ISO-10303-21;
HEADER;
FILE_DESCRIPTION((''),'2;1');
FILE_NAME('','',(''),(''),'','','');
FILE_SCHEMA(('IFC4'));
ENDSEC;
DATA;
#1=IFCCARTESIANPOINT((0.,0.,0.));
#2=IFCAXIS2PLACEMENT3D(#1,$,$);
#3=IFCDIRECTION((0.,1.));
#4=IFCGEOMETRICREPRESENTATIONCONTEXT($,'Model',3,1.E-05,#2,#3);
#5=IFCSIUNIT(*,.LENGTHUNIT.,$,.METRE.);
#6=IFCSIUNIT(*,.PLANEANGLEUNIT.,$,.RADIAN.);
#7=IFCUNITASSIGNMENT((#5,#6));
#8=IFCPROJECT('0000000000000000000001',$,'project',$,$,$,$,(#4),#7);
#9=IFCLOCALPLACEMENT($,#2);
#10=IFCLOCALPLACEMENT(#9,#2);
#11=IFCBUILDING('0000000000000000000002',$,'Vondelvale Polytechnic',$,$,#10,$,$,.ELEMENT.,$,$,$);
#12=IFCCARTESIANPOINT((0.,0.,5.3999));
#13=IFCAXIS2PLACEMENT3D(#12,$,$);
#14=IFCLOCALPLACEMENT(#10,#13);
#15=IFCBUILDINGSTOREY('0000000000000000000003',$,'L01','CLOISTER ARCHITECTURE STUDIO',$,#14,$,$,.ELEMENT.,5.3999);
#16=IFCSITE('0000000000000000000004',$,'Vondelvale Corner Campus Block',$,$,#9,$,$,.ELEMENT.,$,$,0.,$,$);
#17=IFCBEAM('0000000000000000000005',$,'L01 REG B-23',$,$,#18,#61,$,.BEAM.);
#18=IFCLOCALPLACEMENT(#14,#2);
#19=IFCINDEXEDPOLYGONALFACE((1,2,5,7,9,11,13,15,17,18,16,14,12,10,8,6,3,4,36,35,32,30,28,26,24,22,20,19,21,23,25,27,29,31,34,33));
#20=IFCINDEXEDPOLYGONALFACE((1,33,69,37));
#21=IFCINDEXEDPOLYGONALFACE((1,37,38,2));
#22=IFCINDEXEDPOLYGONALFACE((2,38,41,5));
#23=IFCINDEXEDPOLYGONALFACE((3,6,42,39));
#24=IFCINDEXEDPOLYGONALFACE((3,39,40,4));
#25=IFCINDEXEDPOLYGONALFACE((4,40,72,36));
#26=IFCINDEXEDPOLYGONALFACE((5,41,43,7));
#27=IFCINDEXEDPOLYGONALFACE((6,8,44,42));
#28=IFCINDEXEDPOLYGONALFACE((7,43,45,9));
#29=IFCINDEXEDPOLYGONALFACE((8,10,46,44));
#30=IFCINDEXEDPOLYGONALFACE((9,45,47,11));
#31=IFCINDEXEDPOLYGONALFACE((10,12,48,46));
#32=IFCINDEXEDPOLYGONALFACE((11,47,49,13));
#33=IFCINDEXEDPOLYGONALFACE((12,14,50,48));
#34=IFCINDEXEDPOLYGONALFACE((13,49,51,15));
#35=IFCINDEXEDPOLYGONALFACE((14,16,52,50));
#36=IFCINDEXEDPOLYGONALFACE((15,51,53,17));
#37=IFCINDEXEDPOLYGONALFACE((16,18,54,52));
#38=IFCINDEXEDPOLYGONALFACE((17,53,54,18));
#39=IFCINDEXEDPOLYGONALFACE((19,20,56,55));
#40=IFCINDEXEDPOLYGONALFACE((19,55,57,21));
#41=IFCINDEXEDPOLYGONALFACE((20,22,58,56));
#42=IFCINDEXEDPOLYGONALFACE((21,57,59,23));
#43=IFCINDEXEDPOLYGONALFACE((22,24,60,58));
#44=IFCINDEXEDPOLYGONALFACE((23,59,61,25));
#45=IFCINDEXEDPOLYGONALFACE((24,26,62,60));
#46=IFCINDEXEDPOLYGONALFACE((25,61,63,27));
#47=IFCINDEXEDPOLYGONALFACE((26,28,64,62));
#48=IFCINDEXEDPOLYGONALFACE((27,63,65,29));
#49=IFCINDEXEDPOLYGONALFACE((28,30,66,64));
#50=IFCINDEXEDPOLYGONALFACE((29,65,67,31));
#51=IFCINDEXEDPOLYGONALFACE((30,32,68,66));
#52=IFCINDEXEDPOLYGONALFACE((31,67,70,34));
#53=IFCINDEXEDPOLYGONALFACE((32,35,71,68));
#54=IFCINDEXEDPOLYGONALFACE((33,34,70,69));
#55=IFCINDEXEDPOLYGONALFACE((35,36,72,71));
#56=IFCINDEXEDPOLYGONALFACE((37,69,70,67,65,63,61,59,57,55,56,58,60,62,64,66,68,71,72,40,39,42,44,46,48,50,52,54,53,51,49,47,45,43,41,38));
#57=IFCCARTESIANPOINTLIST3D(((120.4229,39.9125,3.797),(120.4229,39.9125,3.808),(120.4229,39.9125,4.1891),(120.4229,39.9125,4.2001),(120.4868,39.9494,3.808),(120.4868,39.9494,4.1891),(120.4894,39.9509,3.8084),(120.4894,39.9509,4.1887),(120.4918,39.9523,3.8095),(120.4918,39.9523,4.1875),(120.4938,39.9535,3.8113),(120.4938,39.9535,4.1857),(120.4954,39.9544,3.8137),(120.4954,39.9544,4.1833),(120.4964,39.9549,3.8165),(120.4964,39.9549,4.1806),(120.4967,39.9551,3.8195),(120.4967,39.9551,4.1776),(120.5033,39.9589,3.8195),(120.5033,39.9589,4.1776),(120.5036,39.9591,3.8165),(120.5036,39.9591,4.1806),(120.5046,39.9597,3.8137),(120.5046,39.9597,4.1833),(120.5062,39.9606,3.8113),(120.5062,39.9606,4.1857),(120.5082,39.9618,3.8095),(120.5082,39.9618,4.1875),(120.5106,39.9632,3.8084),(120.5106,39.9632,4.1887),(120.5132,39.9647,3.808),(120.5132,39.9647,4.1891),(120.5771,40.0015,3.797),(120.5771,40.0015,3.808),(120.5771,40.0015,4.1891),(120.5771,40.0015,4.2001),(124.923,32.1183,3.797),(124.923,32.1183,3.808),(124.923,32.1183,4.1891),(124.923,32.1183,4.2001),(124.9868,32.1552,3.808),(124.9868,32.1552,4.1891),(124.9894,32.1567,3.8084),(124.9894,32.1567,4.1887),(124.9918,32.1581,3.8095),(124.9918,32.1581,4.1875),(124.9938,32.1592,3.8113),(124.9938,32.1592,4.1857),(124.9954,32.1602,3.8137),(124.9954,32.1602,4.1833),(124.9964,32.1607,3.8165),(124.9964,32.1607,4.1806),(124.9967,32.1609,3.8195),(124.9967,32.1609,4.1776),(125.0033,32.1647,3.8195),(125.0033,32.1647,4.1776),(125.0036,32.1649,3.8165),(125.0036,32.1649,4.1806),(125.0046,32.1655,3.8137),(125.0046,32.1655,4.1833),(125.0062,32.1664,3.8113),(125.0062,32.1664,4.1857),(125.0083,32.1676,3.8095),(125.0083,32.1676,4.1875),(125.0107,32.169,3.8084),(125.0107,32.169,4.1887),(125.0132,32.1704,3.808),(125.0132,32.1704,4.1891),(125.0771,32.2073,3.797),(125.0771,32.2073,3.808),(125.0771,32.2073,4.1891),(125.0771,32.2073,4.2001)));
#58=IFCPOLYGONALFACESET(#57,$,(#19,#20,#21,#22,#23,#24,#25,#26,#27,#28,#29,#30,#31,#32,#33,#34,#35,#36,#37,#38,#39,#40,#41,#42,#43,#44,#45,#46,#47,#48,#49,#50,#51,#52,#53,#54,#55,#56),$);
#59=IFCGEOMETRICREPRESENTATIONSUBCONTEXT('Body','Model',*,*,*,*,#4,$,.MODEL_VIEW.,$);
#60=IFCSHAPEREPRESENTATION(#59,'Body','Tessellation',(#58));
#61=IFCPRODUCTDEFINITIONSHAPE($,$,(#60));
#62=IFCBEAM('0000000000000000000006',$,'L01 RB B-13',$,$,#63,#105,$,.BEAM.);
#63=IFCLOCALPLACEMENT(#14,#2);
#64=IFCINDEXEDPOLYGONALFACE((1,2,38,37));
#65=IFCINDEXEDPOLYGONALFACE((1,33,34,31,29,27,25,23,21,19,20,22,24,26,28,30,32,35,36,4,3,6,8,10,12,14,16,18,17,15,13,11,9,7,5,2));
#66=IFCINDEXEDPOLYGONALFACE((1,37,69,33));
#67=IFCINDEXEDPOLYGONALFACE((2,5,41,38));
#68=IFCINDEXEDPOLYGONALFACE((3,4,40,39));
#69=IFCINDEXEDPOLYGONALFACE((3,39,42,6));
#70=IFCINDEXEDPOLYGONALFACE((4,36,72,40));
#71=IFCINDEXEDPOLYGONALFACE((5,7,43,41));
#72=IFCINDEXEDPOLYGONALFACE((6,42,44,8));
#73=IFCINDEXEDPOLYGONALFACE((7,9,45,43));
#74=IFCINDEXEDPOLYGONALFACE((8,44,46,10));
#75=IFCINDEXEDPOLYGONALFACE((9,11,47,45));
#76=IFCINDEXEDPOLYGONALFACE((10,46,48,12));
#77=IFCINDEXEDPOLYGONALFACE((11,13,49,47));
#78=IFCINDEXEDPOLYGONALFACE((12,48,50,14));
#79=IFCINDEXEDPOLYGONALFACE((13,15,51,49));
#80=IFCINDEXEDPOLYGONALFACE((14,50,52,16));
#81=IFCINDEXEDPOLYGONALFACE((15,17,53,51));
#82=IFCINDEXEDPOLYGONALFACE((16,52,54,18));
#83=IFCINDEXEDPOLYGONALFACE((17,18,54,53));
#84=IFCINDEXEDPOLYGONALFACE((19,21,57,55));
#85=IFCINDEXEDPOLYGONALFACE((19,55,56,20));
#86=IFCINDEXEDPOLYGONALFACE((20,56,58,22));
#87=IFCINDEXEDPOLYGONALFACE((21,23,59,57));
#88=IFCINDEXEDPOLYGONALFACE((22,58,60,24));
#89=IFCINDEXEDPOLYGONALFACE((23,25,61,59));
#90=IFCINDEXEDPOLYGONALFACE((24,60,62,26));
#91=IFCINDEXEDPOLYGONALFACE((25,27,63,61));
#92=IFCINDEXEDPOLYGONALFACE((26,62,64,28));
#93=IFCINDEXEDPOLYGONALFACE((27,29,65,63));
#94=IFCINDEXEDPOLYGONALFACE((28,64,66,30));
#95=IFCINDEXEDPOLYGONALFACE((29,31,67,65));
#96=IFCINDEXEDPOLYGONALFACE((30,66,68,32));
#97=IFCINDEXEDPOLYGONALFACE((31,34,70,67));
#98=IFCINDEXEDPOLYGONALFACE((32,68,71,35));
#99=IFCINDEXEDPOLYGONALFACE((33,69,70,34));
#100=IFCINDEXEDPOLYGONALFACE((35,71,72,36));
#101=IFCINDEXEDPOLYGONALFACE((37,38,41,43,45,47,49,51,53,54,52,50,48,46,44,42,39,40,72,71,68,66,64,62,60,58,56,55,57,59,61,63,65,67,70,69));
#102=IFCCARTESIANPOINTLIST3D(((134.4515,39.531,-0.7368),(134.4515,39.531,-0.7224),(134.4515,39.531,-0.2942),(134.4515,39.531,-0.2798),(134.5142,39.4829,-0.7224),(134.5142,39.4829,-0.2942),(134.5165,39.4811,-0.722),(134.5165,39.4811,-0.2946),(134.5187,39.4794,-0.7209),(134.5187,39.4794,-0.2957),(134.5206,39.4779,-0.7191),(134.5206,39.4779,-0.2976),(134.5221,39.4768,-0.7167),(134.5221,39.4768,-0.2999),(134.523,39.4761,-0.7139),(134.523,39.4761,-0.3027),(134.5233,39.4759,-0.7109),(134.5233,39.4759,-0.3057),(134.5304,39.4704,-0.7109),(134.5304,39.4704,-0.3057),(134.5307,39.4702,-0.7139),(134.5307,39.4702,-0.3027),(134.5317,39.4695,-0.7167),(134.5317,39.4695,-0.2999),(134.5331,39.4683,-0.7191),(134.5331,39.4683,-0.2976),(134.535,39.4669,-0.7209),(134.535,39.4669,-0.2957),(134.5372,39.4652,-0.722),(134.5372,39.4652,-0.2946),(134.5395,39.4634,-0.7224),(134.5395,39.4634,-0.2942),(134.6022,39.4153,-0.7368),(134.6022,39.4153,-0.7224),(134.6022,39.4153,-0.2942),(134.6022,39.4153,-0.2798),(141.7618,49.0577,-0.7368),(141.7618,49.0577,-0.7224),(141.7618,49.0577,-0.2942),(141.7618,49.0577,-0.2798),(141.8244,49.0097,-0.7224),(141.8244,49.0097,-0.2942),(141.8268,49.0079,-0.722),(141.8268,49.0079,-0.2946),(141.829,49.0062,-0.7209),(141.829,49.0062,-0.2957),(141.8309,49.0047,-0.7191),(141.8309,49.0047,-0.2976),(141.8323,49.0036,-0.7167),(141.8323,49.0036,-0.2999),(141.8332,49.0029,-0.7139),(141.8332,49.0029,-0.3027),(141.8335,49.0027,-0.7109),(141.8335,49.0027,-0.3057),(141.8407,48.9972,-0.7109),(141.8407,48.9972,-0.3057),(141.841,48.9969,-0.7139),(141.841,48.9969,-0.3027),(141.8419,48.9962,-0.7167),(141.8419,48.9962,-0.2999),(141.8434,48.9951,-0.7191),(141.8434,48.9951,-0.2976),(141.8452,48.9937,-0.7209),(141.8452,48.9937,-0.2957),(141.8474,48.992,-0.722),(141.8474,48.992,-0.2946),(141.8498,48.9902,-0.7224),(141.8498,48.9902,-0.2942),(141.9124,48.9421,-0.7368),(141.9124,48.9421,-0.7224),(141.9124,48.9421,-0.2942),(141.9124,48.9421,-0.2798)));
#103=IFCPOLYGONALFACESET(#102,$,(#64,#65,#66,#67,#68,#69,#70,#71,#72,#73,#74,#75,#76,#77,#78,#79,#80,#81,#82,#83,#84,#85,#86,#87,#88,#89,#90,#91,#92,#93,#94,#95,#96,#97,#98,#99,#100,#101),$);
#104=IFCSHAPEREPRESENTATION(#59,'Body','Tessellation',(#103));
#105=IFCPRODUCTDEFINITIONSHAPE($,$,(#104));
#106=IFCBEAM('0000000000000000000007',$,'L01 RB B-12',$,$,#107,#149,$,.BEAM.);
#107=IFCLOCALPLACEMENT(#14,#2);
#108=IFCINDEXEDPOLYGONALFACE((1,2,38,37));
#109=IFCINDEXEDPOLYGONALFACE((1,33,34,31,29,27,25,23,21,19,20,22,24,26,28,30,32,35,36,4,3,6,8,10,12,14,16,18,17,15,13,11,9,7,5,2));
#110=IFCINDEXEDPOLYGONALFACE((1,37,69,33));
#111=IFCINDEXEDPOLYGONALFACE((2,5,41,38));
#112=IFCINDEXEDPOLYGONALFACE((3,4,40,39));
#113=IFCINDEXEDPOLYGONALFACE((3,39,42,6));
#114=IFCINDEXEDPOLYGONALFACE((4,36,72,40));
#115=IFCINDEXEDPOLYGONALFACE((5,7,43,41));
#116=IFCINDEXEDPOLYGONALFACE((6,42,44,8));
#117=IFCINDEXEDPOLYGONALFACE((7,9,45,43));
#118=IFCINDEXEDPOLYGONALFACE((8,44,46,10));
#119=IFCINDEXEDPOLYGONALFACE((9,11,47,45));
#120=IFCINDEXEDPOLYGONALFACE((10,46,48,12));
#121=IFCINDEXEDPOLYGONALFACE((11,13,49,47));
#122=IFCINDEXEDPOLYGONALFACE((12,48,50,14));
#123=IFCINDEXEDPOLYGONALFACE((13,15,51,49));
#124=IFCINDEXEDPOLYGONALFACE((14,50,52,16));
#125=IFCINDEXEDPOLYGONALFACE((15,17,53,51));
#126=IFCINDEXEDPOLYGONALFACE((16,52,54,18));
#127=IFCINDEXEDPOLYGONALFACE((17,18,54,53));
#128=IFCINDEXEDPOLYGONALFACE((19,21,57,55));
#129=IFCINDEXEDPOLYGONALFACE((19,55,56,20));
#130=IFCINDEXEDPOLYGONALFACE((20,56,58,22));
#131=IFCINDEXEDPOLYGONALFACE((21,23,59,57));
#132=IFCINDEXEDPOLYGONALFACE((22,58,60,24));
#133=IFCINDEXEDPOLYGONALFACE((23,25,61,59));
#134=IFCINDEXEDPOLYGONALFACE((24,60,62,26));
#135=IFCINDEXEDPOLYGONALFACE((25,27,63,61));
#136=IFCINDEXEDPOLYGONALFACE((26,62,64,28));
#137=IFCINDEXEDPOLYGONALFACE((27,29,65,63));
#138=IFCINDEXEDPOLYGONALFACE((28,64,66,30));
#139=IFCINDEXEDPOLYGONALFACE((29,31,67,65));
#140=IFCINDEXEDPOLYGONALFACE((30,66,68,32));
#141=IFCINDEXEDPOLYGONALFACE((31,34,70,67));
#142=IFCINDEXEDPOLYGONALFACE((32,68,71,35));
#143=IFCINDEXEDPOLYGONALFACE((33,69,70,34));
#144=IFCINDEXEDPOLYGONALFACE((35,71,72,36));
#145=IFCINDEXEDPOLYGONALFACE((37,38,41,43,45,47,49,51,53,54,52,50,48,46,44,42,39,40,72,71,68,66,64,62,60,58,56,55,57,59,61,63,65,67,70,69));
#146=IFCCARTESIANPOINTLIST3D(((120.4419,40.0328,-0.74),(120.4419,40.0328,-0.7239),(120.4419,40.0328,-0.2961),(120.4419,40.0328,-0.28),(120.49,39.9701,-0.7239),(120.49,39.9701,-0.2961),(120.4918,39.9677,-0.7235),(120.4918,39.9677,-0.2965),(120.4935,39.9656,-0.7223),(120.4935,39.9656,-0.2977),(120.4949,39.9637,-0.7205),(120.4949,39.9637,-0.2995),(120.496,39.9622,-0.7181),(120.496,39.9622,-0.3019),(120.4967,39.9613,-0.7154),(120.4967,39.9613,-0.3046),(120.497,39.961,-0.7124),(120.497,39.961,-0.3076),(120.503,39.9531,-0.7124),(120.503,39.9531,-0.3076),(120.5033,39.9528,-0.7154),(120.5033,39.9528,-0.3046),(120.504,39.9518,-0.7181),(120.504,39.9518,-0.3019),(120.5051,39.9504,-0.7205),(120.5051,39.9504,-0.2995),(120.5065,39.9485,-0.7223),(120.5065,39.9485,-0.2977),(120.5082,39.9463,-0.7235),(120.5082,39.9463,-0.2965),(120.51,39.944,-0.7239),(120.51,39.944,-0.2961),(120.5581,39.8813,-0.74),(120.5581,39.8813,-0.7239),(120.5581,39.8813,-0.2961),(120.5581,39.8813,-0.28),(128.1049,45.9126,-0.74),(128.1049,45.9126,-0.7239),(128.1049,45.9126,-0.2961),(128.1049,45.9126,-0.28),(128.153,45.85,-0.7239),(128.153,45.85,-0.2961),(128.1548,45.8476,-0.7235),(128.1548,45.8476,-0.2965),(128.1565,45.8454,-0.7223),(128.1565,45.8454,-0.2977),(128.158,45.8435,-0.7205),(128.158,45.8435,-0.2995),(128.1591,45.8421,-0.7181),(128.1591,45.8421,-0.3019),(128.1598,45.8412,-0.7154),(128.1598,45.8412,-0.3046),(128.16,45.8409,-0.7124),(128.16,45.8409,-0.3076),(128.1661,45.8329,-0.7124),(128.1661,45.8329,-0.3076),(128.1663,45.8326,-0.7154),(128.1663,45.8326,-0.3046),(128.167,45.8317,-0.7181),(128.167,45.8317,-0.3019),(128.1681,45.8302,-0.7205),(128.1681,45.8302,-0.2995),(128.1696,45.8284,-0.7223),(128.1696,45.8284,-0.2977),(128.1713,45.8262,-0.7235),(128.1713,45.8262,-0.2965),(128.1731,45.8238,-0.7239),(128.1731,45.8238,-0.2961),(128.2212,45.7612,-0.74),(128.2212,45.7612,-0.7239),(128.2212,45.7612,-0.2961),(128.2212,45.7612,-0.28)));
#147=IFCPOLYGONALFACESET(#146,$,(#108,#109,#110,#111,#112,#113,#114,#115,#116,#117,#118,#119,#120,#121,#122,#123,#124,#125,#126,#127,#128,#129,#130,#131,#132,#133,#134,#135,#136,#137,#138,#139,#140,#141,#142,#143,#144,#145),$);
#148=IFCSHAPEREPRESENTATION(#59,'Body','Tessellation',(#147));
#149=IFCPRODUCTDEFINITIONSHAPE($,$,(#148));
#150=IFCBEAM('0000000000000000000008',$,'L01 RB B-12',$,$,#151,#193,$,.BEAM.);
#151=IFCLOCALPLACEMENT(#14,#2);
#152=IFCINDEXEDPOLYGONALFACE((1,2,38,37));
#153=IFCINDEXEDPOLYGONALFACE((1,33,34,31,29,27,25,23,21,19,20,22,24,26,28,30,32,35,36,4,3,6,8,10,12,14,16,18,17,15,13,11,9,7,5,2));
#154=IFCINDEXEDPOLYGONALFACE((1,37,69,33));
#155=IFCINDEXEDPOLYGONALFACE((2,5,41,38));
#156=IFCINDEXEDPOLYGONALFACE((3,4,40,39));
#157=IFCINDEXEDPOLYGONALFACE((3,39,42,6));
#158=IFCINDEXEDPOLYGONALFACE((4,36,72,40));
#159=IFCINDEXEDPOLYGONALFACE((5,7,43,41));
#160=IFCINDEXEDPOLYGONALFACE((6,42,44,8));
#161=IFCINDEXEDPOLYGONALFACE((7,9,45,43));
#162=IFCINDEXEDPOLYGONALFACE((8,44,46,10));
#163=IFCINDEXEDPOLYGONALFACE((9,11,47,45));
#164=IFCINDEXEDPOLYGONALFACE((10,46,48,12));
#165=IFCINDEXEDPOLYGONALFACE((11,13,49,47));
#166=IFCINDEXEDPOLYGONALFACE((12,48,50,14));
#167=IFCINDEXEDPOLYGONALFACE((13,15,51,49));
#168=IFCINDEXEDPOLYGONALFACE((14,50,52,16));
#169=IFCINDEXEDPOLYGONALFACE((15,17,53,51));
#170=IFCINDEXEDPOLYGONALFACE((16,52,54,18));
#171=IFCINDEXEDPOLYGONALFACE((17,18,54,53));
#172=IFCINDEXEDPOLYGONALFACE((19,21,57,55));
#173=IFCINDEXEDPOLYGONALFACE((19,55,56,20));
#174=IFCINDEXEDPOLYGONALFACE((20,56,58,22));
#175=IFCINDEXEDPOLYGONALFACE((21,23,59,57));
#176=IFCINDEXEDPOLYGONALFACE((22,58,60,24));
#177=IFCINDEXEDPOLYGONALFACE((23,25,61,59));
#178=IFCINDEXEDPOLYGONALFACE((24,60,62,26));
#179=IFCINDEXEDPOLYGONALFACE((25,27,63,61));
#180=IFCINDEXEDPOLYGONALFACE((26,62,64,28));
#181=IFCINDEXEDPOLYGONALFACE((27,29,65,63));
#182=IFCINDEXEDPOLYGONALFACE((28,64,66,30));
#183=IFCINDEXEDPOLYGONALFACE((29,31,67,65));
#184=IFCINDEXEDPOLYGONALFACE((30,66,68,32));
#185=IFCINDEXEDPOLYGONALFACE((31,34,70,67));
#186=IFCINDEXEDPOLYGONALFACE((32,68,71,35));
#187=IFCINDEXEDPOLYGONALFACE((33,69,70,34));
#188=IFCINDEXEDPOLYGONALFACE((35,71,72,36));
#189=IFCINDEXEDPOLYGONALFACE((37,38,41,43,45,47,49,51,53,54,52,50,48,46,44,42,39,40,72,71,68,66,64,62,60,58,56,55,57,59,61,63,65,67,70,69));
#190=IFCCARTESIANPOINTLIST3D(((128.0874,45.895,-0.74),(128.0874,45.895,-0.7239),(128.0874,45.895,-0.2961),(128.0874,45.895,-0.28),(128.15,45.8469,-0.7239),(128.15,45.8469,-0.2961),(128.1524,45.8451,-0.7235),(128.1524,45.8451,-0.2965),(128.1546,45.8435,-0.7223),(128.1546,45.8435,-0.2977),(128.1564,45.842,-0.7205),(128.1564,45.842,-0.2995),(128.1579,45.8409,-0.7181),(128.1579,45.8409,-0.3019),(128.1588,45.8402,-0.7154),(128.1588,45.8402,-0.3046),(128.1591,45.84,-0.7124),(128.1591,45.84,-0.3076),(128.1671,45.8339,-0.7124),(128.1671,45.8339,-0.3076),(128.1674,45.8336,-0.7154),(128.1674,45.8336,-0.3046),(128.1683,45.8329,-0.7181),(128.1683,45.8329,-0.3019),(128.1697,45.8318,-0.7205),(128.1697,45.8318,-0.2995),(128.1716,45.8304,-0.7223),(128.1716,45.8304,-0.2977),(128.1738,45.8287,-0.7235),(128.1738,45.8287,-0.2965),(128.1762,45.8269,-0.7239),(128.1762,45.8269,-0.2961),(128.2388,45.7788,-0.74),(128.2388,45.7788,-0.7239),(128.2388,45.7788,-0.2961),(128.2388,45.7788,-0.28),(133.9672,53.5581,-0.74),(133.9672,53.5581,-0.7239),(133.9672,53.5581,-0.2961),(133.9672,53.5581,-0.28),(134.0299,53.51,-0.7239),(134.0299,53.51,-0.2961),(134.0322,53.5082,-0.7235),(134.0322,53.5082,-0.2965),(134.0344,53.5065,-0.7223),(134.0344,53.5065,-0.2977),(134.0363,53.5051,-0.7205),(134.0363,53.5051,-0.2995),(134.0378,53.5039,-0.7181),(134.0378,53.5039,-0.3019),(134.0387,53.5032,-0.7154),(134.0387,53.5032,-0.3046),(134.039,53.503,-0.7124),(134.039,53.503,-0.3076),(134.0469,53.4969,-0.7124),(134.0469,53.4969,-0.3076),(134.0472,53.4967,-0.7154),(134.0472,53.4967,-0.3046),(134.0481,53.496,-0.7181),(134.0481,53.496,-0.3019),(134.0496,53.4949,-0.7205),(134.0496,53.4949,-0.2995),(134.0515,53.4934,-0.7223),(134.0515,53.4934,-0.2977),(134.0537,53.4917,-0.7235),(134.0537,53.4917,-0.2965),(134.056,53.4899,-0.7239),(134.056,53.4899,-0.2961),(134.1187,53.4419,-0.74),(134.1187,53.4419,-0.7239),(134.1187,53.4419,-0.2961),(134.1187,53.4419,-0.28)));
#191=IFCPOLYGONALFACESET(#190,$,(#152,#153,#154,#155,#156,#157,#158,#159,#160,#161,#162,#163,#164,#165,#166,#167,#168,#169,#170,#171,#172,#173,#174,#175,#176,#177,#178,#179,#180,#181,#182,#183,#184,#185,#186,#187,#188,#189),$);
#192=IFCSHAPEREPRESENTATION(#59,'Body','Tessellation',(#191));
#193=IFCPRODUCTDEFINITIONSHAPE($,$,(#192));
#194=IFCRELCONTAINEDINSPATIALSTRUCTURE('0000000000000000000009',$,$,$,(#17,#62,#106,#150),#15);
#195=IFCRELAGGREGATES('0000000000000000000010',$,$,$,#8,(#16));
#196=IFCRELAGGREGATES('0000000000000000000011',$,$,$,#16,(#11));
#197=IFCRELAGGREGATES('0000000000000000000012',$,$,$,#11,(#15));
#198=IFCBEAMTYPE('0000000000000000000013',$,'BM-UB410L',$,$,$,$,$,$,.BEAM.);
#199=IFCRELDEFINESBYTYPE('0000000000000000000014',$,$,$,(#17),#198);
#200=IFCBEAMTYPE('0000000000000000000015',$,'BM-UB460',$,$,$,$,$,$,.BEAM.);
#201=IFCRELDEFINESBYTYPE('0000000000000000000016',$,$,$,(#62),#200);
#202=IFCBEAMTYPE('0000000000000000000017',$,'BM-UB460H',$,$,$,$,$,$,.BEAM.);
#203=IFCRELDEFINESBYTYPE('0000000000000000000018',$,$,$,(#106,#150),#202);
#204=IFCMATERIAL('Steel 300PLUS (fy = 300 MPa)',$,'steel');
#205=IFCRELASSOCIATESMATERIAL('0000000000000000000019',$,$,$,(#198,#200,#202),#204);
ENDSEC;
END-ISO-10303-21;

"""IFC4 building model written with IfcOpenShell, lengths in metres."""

from ifc_helpers import new_model, si_unit, direction, frame, origin, origin_2d, place, context, subcontext, project, spatial, i_section, extrude, material, material_profile, profile_set, type_object, element, save


model = new_model("IFC4")

# Units and contexts
model_context = context("Model", 3, precision=1e-05, world=origin(), true_north=direction((0.0, 1.0)))
body_context = subcontext(model_context, "Body", "Model", "MODEL_VIEW")
ifc_project = project(units=[si_unit("LENGTHUNIT", "METRE"), si_unit("PLANEANGLEUNIT", "RADIAN")], contexts=[model_context])

# Site, building, storey
site_placement = place(None, origin())
site = spatial("IfcSite", under=ifc_project, at=site_placement, Name="Vondelvale Corner Campus Block", CompositionType="ELEMENT", RefElevation=0.0)
building_placement = place(site_placement, origin())
building = spatial("IfcBuilding", under=site, at=building_placement, Name="Vondelvale Polytechnic", CompositionType="ELEMENT")
storey_placement = place(building_placement, frame((0.0, 0.0, 5.3999)))
storey = spatial("IfcBuildingStorey", under=building, at=storey_placement, Name="L01", Description="CLOISTER ARCHITECTURE STUDIO", CompositionType="ELEMENT", Elevation=5.3999)

# Shared definitions
ifc_material_1 = material(Name="Steel 300PLUS (fy = 300 MPa)", Category="steel")

# Beams
ifc_material_profile_1 = material_profile(ifc_material_1, i_section(OverallWidth=0.178, OverallDepth=0.4031, WebThickness=0.0076, FlangeThickness=0.011, FilletRadius=0.0115, at=origin_2d()), Name="410UB53.7")
ifc_profile_set_1 = profile_set([ifc_material_profile_1], Name="Steel 300PLUS (fy = 300 MPa)")
beam_type_1 = type_object("IfcBeamType", Name="BM-UB410L", PredefinedType="BEAM", material=ifc_profile_set_1)
beam_1_placement = place(storey_placement, frame((120.5, 39.957, 3.9985), z_axis=(0.500002, -0.866024, 0.0), x_axis=(0.866024, 0.500002, 0.0)))
element("IfcBeam", 1, at=beam_1_placement, inside=storey, type_object=beam_type_1, Name="L01 REG B-23", PredefinedType="BEAM", context=body_context, shape_type="SweptSolid", body=[
    extrude(i_section(OverallWidth=0.178, OverallDepth=0.4031, WebThickness=0.0076, FlangeThickness=0.011, FilletRadius=0.0115, at=origin_2d()), origin(), (0.0, 0.0, 1.0), 9.0),
])
ifc_material_profile_2 = material_profile(ifc_material_1, i_section(OverallWidth=0.1899, OverallDepth=0.457, WebThickness=0.009, FlangeThickness=0.0144, FilletRadius=0.0115, at=origin_2d()), Name="460UB74.6")
ifc_profile_set_2 = profile_set([ifc_material_profile_2], Name="Steel 300PLUS (fy = 300 MPa)")
beam_type_2 = type_object("IfcBeamType", Name="BM-UB460", PredefinedType="BEAM", material=ifc_profile_set_2)
beam_2_placement = place(storey_placement, frame((134.5269, 39.4731, -0.5083), z_axis=(0.608766, 0.79335, 0.0), x_axis=(-0.79335, 0.608766, 0.0)))
element("IfcBeam", 2, at=beam_2_placement, inside=storey, type_object=beam_type_2, Name="L01 RB B-13", PredefinedType="BEAM", context=body_context, shape_type="SweptSolid", body=[
    extrude(i_section(OverallWidth=0.1899, OverallDepth=0.457, WebThickness=0.009, FlangeThickness=0.0144, FilletRadius=0.0115, at=origin_2d()), origin(), (0.0, 0.0, 1.0), 12.0083),
])
ifc_material_profile_3 = material_profile(ifc_material_1, i_section(OverallWidth=0.1909, OverallDepth=0.46, WebThickness=0.01, FlangeThickness=0.0161, FilletRadius=0.0115, at=origin_2d()), Name="460UB82.1")
ifc_profile_set_3 = profile_set([ifc_material_profile_3], Name="Steel 300PLUS (fy = 300 MPa)")
beam_type_3 = type_object("IfcBeamType", Name="BM-UB460H", PredefinedType="BEAM", material=ifc_profile_set_3)
for number, where, z_axis, x_axis, name in (
    (3, (120.5, 39.957, -0.51), (0.793364, 0.608748, 0.0), (-0.608748, 0.793364, 0.0), "L01 RB B-12"),
    (4, (128.1631, 45.8369, -0.51), (0.608748, 0.793364, 0.0), (-0.793364, 0.608748, 0.0), "L01 RB B-12"),
):
    element("IfcBeam", number, at=place(storey_placement, frame(where, z_axis=z_axis, x_axis=x_axis)), inside=storey, type_object=beam_type_3, Name=name, PredefinedType="BEAM", context=body_context, shape_type="SweptSolid", body=[
        extrude(i_section(OverallWidth=0.1909, OverallDepth=0.46, WebThickness=0.01, FlangeThickness=0.0161, FilletRadius=0.0115, at=origin_2d()), origin(), (0.0, 0.0, 1.0), 9.6589),
    ])

save(model, "model.ifc")
